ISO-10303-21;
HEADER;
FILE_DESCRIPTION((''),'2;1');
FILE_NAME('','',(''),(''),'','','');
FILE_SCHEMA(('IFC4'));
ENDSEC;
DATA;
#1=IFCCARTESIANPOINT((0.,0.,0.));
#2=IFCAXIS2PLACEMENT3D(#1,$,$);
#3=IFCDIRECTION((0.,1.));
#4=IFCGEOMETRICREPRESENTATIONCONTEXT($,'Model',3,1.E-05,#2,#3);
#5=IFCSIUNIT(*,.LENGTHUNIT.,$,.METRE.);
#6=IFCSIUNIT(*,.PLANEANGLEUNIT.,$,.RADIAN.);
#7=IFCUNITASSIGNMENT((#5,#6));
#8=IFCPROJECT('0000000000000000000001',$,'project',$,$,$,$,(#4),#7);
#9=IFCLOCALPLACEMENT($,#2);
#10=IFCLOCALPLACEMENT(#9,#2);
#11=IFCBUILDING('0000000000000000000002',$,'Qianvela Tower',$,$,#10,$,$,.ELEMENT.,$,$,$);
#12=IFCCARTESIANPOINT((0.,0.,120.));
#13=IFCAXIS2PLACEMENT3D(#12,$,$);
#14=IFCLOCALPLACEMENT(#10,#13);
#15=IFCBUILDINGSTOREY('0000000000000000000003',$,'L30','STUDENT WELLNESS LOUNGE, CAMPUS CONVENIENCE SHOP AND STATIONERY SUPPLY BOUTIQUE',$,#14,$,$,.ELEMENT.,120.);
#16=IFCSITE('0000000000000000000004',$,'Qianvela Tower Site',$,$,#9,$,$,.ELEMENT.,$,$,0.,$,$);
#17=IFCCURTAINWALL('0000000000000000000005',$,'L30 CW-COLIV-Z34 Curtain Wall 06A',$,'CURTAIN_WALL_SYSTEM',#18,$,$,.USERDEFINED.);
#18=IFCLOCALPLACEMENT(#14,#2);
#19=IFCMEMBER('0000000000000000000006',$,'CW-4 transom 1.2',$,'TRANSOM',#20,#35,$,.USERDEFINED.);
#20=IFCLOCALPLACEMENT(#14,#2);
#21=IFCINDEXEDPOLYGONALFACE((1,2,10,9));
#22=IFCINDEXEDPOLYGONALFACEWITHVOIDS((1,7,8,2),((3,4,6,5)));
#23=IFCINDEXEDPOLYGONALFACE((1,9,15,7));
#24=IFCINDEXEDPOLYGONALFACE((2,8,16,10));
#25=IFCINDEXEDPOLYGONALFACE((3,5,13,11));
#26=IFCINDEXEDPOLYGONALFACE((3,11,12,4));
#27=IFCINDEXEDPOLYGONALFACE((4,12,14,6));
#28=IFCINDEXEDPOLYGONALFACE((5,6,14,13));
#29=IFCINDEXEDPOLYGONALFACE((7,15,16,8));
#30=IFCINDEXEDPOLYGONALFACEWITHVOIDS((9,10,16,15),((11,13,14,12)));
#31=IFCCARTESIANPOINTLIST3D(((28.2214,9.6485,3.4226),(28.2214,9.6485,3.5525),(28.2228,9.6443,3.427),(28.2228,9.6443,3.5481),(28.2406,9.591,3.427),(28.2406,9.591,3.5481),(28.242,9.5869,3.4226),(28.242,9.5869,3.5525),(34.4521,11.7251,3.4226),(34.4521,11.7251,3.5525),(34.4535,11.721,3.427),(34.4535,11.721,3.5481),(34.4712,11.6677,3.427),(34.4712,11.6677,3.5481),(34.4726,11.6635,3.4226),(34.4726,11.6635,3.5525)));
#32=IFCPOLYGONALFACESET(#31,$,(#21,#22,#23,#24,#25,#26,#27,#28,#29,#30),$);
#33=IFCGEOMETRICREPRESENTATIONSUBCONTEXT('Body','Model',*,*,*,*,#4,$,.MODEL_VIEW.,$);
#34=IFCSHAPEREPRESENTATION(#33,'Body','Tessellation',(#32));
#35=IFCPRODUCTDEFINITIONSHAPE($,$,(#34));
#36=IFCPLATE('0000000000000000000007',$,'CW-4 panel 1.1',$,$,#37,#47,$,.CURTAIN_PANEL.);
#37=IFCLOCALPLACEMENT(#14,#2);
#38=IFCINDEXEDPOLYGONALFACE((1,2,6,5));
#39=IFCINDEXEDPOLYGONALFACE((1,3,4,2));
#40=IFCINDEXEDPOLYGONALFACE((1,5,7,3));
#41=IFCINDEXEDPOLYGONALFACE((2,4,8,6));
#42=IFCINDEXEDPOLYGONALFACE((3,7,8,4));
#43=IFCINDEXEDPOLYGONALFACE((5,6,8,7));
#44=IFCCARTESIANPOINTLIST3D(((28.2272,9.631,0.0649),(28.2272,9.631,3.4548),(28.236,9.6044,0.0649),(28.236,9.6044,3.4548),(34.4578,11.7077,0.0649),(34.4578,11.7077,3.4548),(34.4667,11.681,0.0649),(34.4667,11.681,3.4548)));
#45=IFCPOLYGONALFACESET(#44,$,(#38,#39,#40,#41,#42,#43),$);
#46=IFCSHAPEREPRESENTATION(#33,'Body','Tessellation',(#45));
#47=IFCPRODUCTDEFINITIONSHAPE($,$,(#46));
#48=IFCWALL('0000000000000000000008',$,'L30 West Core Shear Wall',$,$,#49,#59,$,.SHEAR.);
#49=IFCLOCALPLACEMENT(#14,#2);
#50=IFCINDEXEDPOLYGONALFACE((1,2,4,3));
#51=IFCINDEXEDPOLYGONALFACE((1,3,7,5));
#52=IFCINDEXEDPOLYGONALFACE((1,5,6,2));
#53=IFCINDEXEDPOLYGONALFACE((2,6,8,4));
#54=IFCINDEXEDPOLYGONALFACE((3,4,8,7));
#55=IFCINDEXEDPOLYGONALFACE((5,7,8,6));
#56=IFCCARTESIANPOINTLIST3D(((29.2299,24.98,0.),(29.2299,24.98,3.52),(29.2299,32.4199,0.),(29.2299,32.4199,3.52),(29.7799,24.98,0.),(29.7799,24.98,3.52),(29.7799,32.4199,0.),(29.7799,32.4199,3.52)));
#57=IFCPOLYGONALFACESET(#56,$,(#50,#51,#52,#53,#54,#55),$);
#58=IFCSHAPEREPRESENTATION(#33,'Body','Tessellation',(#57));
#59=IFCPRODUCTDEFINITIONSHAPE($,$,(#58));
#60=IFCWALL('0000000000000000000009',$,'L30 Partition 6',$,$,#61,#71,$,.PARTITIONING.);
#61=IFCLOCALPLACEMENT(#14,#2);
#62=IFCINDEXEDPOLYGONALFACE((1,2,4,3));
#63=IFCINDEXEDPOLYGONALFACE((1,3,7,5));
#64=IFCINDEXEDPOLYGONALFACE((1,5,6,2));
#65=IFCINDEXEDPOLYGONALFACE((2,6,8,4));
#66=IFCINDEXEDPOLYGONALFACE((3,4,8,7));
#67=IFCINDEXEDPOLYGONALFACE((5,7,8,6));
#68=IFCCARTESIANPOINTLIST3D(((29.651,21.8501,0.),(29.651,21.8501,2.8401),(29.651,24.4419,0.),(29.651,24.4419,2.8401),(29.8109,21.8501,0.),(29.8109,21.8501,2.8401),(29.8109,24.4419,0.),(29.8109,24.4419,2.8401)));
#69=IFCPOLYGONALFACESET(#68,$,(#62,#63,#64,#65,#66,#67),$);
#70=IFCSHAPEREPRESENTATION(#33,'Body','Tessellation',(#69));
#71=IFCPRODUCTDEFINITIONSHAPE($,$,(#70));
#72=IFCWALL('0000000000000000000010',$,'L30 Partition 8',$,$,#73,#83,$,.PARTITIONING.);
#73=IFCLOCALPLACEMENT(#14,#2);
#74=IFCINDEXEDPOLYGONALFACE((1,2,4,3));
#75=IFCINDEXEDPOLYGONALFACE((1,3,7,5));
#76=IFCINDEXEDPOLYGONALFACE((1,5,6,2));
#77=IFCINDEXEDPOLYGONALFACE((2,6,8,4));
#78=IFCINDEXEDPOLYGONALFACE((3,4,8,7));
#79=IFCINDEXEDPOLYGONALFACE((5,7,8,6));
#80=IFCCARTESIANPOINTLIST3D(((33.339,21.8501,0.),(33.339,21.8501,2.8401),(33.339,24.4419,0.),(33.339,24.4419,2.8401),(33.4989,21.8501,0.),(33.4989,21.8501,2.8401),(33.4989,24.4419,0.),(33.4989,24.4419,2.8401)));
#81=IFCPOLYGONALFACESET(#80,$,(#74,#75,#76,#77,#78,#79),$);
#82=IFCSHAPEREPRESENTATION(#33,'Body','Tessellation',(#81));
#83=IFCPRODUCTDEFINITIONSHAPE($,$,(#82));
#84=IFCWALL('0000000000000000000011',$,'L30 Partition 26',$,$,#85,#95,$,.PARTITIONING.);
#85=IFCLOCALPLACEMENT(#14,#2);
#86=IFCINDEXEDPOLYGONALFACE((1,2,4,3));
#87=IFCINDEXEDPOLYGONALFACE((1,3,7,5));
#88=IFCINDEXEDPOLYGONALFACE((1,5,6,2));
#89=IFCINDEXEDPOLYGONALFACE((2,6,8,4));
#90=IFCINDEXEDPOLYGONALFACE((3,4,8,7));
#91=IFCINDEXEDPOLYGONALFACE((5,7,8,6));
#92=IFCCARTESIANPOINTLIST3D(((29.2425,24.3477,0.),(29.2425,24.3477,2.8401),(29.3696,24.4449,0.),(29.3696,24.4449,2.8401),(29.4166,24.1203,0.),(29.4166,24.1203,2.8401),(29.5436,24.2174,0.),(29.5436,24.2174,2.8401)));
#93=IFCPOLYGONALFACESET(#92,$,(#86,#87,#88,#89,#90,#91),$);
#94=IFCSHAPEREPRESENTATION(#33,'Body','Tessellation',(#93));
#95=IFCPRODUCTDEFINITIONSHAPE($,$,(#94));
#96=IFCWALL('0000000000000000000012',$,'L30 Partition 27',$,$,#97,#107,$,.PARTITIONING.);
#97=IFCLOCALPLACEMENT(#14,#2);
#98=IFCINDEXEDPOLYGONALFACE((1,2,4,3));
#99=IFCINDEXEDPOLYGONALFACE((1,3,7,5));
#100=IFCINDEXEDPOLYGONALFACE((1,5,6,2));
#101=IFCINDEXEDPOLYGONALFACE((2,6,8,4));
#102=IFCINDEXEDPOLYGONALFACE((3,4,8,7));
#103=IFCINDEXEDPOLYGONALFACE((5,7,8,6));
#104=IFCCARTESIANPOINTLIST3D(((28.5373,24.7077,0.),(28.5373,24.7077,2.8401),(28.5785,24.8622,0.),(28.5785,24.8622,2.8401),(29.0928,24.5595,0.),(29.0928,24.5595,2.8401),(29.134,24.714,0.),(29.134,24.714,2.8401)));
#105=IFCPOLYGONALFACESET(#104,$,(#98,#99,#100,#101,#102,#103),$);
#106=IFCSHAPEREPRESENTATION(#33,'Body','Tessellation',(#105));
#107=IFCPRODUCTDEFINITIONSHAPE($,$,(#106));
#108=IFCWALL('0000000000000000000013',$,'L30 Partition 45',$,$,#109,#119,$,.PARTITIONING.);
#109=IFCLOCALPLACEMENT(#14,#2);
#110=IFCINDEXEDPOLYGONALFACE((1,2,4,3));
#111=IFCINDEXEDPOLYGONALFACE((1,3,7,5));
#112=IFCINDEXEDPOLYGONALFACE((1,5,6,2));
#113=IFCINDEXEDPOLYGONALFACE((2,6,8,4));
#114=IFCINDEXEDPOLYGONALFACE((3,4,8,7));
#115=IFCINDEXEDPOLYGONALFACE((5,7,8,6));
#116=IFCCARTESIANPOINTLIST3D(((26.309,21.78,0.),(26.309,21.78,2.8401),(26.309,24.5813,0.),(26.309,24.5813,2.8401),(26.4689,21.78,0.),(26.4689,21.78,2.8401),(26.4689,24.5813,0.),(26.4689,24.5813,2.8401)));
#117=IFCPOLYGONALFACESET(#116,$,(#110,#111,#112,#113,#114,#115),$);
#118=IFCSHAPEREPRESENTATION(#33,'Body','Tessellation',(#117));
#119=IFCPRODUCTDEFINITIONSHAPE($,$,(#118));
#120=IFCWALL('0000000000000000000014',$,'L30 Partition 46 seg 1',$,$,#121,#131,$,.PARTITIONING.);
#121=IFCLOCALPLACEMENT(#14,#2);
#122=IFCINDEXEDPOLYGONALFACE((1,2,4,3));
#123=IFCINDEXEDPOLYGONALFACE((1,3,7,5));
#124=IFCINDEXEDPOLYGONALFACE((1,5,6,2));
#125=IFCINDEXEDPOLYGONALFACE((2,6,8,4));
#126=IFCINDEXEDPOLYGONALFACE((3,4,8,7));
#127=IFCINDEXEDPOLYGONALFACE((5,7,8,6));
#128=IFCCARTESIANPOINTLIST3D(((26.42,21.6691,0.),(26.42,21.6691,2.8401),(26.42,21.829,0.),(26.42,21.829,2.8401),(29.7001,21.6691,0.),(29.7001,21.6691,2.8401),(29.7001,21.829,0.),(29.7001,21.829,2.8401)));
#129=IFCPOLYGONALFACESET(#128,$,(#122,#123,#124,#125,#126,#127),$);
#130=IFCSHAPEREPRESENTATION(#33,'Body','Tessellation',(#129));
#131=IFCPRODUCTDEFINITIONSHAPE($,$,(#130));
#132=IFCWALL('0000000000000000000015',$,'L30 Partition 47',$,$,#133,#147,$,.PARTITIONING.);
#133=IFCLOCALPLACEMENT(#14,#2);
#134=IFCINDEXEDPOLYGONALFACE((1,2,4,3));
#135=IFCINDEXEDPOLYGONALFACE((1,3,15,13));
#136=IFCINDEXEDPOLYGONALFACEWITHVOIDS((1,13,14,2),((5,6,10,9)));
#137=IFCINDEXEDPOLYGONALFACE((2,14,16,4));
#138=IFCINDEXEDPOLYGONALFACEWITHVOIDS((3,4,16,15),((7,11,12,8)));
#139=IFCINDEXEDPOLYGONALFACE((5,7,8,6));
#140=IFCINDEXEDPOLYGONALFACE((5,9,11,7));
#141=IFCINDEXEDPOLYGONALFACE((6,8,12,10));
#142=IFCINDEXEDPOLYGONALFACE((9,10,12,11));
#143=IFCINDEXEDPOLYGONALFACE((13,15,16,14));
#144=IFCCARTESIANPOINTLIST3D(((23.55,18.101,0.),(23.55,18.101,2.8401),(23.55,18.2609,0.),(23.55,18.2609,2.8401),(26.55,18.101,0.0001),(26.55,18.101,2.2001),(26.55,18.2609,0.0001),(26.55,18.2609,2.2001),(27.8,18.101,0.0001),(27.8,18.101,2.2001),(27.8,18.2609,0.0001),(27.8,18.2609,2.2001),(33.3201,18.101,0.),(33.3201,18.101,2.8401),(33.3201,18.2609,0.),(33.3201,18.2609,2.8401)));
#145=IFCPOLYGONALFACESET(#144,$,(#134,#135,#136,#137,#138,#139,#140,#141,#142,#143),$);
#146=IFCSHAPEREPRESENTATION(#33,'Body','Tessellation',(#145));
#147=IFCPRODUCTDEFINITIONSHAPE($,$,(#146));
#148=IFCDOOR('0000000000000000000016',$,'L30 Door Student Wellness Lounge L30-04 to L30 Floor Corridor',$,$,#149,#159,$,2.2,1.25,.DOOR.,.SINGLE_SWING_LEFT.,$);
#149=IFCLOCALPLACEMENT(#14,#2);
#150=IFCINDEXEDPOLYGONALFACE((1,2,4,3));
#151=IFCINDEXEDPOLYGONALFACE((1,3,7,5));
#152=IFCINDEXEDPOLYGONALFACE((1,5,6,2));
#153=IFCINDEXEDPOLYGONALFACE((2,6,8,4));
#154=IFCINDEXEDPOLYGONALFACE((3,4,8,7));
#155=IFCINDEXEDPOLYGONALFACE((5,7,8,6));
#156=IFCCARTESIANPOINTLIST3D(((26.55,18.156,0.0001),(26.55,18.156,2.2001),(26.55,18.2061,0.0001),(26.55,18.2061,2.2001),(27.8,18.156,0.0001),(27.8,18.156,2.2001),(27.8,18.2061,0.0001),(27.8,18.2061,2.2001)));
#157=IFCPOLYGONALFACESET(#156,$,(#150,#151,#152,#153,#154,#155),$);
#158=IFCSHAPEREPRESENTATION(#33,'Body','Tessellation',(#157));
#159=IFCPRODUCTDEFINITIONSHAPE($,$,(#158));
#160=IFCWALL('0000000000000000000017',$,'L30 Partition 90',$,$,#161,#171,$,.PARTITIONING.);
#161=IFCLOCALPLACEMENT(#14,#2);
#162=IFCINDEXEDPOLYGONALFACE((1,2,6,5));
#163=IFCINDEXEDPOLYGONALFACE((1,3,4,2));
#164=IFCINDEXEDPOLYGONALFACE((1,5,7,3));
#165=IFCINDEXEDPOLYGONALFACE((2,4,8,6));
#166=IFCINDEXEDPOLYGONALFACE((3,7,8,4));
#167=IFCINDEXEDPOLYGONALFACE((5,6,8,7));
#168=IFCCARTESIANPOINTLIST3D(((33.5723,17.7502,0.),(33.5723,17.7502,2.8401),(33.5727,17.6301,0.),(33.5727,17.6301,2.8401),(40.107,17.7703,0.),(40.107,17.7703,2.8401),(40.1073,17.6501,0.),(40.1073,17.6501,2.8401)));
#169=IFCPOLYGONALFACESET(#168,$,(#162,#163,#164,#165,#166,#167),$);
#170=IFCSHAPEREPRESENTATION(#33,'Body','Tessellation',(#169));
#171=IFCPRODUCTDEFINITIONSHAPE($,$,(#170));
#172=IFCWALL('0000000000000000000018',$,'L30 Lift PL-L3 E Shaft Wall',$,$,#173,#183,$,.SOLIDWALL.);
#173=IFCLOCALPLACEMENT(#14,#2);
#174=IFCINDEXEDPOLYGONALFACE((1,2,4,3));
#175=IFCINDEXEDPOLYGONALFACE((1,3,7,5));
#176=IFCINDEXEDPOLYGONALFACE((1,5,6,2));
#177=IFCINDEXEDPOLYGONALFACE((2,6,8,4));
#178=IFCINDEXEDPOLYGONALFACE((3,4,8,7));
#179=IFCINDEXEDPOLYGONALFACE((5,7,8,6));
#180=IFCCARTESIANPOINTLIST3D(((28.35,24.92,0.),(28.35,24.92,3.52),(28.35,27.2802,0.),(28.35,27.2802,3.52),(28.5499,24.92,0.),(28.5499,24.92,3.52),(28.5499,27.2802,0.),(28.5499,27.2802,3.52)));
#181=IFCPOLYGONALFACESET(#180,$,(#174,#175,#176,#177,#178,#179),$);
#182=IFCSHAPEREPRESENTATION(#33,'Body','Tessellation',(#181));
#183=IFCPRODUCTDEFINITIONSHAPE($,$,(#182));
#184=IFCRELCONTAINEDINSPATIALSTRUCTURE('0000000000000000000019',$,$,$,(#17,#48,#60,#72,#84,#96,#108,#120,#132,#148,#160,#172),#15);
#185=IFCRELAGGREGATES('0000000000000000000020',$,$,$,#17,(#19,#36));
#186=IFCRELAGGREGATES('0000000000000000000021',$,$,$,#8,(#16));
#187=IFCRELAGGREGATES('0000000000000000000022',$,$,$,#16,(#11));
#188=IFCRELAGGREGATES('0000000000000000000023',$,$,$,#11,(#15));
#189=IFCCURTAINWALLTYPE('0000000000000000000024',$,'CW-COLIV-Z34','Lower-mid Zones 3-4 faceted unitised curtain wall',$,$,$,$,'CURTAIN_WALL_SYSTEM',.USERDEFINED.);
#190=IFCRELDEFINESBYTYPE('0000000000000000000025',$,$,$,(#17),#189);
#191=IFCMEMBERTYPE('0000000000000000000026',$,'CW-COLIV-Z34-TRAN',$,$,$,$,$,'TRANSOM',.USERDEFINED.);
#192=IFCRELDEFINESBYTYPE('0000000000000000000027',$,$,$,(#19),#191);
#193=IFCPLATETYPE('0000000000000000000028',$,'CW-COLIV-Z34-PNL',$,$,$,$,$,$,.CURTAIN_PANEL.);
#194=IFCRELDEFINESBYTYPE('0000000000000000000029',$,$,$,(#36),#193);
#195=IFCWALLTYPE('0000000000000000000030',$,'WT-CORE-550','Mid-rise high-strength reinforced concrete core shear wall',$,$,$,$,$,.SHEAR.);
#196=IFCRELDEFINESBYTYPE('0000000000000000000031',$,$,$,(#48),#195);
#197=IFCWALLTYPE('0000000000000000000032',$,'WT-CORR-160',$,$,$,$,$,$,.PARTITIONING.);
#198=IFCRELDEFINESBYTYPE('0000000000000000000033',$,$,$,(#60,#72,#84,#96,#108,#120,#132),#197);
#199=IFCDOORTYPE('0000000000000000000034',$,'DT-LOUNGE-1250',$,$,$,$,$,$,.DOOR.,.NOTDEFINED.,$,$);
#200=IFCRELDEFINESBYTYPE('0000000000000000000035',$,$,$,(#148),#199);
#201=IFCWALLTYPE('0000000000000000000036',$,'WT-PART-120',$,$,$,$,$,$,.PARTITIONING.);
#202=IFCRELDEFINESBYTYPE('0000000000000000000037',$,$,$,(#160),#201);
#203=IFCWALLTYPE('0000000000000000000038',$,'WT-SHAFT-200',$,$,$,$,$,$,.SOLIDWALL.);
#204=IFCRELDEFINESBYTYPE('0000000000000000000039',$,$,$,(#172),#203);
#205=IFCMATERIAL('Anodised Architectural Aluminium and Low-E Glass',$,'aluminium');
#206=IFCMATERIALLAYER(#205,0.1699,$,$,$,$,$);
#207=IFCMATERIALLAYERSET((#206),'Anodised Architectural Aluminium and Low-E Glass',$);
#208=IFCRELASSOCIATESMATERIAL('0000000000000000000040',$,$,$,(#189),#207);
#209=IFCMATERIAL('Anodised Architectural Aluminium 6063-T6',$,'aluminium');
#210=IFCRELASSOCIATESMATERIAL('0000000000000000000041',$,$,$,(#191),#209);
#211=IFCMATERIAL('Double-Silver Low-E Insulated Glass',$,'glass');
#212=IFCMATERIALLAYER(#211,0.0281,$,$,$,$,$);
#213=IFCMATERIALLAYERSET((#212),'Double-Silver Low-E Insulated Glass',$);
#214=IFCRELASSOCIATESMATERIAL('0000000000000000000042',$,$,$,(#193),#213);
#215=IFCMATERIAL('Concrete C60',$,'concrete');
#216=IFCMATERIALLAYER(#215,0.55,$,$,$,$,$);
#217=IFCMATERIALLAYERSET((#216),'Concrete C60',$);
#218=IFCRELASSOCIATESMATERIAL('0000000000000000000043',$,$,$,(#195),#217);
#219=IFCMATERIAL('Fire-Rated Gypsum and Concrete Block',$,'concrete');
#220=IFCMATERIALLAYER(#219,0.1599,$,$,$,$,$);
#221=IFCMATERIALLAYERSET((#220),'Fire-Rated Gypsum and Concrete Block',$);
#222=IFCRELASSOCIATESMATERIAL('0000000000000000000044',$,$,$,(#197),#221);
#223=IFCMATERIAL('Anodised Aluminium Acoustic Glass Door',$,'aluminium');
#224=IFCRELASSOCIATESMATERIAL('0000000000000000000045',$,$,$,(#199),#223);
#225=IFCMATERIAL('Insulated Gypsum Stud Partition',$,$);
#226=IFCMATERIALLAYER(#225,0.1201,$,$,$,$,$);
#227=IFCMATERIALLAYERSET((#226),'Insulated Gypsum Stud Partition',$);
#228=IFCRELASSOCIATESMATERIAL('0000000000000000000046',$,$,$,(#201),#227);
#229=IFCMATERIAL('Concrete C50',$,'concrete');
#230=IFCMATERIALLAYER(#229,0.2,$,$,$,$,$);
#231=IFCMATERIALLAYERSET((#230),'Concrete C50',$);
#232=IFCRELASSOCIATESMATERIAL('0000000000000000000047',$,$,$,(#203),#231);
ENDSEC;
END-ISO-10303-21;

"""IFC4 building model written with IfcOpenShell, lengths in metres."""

from ifc_helpers import new_model, si_unit, direction, frame, frame_2d, origin, origin_2d, place, context, subcontext, project, spatial, rectangle, hollow_rectangle, extrude, material, layer, layer_set, material_profile, profile_set, type_object, element, fill, aggregate, save


model = new_model("IFC4")

# Units and contexts
model_context = context("Model", 3, precision=1e-05, world=origin(), true_north=direction((0.0, 1.0)))
body_context = subcontext(model_context, "Body", "Model", "MODEL_VIEW")
ifc_project = project(units=[si_unit("LENGTHUNIT", "METRE"), si_unit("PLANEANGLEUNIT", "RADIAN")], contexts=[model_context])

# Site, building, storey
site_placement = place(None, origin())
site = spatial("IfcSite", under=ifc_project, at=site_placement, Name="Qianvela Tower Site", CompositionType="ELEMENT", RefElevation=0.0)
building_placement = place(site_placement, origin())
building = spatial("IfcBuilding", under=site, at=building_placement, Name="Qianvela Tower", CompositionType="ELEMENT")
storey_placement = place(building_placement, frame((0.0, 0.0, 120.0)))
storey = spatial("IfcBuildingStorey", under=building, at=storey_placement, Name="L30", Description="STUDENT WELLNESS LOUNGE, CAMPUS CONVENIENCE SHOP AND STATIONERY SUPPLY BOUTIQUE", CompositionType="ELEMENT", Elevation=120.0)

# Curtain wall, member, plate
ifc_material_1 = material(Name="Anodised Architectural Aluminium and Low-E Glass", Category="aluminium")
ifc_layer_1 = layer(ifc_material_1, 0.1699)
ifc_layer_set_1 = layer_set([ifc_layer_1], Name="Anodised Architectural Aluminium and Low-E Glass")
curtain_wall_type = type_object("IfcCurtainWallType", Name="CW-COLIV-Z34", Description="Lower-mid Zones 3-4 faceted unitised curtain wall", ElementType="CURTAIN_WALL_SYSTEM", PredefinedType="USERDEFINED", material=ifc_layer_set_1)
curtain_wall_placement = place(storey_placement, origin())
curtain_wall = element("IfcCurtainWall", 1, at=curtain_wall_placement, inside=storey, type_object=curtain_wall_type, Name="L30 CW-COLIV-Z34 Curtain Wall 06A", ObjectType="CURTAIN_WALL_SYSTEM", PredefinedType="USERDEFINED")
ifc_material_2 = material(Name="Anodised Architectural Aluminium 6063-T6", Category="aluminium")
ifc_material_profile_1 = material_profile(ifc_material_2, hollow_rectangle(XDim=0.0649, YDim=0.1299, WallThickness=0.0044, at=origin_2d()), Name="ALU-TRAN-65x130")
ifc_profile_set_1 = profile_set([ifc_material_profile_1], Name="Anodised Architectural Aluminium 6063-T6")
member_type_1 = type_object("IfcMemberType", Name="CW-COLIV-Z34-TRAN", ElementType="TRANSOM", PredefinedType="USERDEFINED", material=ifc_profile_set_1)
member_1_placement = place(storey_placement, frame((28.2317, 9.6177, 3.4875), z_axis=(0.948694, 0.316194, 0.0), x_axis=(-0.316194, 0.948694, 0.0)))
member_1 = element("IfcMember", 2, at=member_1_placement, type_object=member_type_1, Name="CW-4 transom 1.2", ObjectType="TRANSOM", PredefinedType="USERDEFINED", context=body_context, shape_type="SweptSolid", body=[
    extrude(hollow_rectangle(XDim=0.0649, YDim=0.1299, WallThickness=0.0044, at=origin_2d()), origin(), (0.0, 0.0, 1.0), 6.5676),
])
ifc_material_3 = material(Name="Double-Silver Low-E Insulated Glass", Category="glass")
ifc_layer_2 = layer(ifc_material_3, 0.0281)
ifc_layer_set_2 = layer_set([ifc_layer_2], Name="Double-Silver Low-E Insulated Glass")
plate_type = type_object("IfcPlateType", Name="CW-COLIV-Z34-PNL", PredefinedType="CURTAIN_PANEL", material=ifc_layer_set_2)
plate_placement = place(storey_placement, frame((31.3469, 10.656, 0.0649), z_axis=(0.0, 0.0, 1.0), x_axis=(0.948694, 0.316196, 0.0)))
plate = element("IfcPlate", 3, at=plate_placement, type_object=plate_type, Name="CW-4 panel 1.1", PredefinedType="CURTAIN_PANEL", context=body_context, shape_type="SweptSolid", body=[
    extrude(rectangle(XDim=6.5676, YDim=0.0281, at=origin_2d()), origin(), (0.0, 0.0, 1.0), 3.3899),
])
aggregate(curtain_wall, [member_1, plate])

# Shared definitions
ifc_material_4 = material(Name="Concrete C60", Category="concrete")
ifc_layer_3 = layer(ifc_material_4, 0.55)
ifc_layer_set_3 = layer_set([ifc_layer_3], Name="Concrete C60")
wall_type_1 = type_object("IfcWallType", Name="WT-CORE-550", Description="Mid-rise high-strength reinforced concrete core shear wall", PredefinedType="SHEAR", material=ifc_layer_set_3)

# Wall
wall_1_placement = place(storey_placement, frame((29.5049, 24.98, 0.0), z_axis=(0.0, 0.0, 1.0), x_axis=(0.0, 1.0, 0.0)))
element("IfcWall", 4, at=wall_1_placement, inside=storey, type_object=wall_type_1, Name="L30 West Core Shear Wall", PredefinedType="SHEAR", context=body_context, shape_type="SweptSolid", body=[
    extrude(rectangle(XDim=7.4399, YDim=0.55, at=frame_2d((3.72, 0.0))), origin(), (0.0, 0.0, 1.0), 3.52),
])

# Shared definitions
ifc_material_5 = material(Name="Fire-Rated Gypsum and Concrete Block", Category="concrete")
ifc_layer_4 = layer(ifc_material_5, 0.1599)
ifc_layer_set_4 = layer_set([ifc_layer_4], Name="Fire-Rated Gypsum and Concrete Block")
wall_type_2 = type_object("IfcWallType", Name="WT-CORR-160", PredefinedType="PARTITIONING", material=ifc_layer_set_4)

# Walls
for number, where, z_axis, x_axis, name in (
    (5, (29.731, 21.8501, 0.0), (0.0, 0.0, 1.0), (0.0, 1.0, 0.0), "L30 Partition 6"),
    (6, (33.4189, 24.4419, 0.0), (0.0, 0.0, 1.0), (0.0, -1.0, 0.0), "L30 Partition 8"),
):
    element("IfcWall", number, at=place(storey_placement, frame(where, z_axis=z_axis, x_axis=x_axis)), inside=storey, type_object=wall_type_2, Name=name, PredefinedType="PARTITIONING", context=body_context, shape_type="SweptSolid", body=[
        extrude(rectangle(XDim=2.5918, YDim=0.1599, at=frame_2d((1.2959, 0.0))), origin(), (0.0, 0.0, 1.0), 2.8401),
    ])
wall_2_placement = place(storey_placement, frame((29.48, 24.1689, 0.0), z_axis=(0.0, 0.0, 1.0), x_axis=(-0.607608, 0.794237, 0.0)))
element("IfcWall", 7, at=wall_2_placement, inside=storey, type_object=wall_type_2, Name="L30 Partition 26", PredefinedType="PARTITIONING", context=body_context, shape_type="SweptSolid", body=[
    extrude(rectangle(XDim=0.2864, YDim=0.1599, at=frame_2d((0.1431, 0.0))), origin(), (0.0, 0.0, 1.0), 2.8401),
])
wall_3_placement = place(storey_placement, frame((29.1135, 24.6367, 0.0), z_axis=(0.0, 0.0, 1.0), x_axis=(-0.9662, 0.257795, 0.0)))
element("IfcWall", 8, at=wall_3_placement, inside=storey, type_object=wall_type_2, Name="L30 Partition 27", PredefinedType="PARTITIONING", context=body_context, shape_type="SweptSolid", body=[
    extrude(rectangle(XDim=0.575, YDim=0.1599, at=frame_2d((0.2876, 0.0))), origin(), (0.0, 0.0, 1.0), 2.8401),
])
wall_4_placement = place(storey_placement, frame((26.3889, 24.5813, 0.0), z_axis=(0.0, 0.0, 1.0), x_axis=(0.0, -1.0, 0.0)))
element("IfcWall", 9, at=wall_4_placement, inside=storey, type_object=wall_type_2, Name="L30 Partition 45", PredefinedType="PARTITIONING", context=body_context, shape_type="SweptSolid", body=[
    extrude(rectangle(XDim=2.8013, YDim=0.1599, at=frame_2d((1.4006, 0.0))), origin(), (0.0, 0.0, 1.0), 2.8401),
])
wall_5_placement = place(storey_placement, frame((26.4199, 21.749, 0.0), z_axis=(0.0, 0.0, 1.0), x_axis=(1.0, 0.0, 0.0)))
element("IfcWall", 10, at=wall_5_placement, inside=storey, type_object=wall_type_2, Name="L30 Partition 46 seg 1", PredefinedType="PARTITIONING", context=body_context, shape_type="SweptSolid", body=[
    extrude(rectangle(XDim=3.28, YDim=0.1599, at=frame_2d((1.6401, 0.0))), origin(), (0.0, 0.0, 1.0), 2.8401),
])

# Wall, opening, door
wall_6_placement = place(storey_placement, frame((33.3201, 18.1809, 0.0), z_axis=(0.0, 0.0, 1.0), x_axis=(-1.0, 0.0, 0.0)))
wall_6 = element("IfcWall", 11, at=wall_6_placement, inside=storey, type_object=wall_type_2, Name="L30 Partition 47", PredefinedType="PARTITIONING", context=body_context, shape_type="SweptSolid", body=[
    extrude(rectangle(XDim=9.77, YDim=0.1599, at=frame_2d((4.885, 0.0))), origin(), (0.0, 0.0, 1.0), 2.8401),
])
opening_1_placement = place(wall_6_placement, frame((5.52, 0.0, 0.0)))
opening_1 = element("IfcOpeningElement", 12, at=opening_1_placement, cuts=wall_6, PredefinedType="OPENING", context=body_context, shape_type="SweptSolid", body=[
    extrude(rectangle(XDim=1.25, YDim=2.2, at=frame_2d((0.625, 1.1001))), frame((0.0, 0.0898, 0.0), z_axis=(0.0, -1.0, 0.0), x_axis=(1.0, 0.0, 0.0)), (0.0, 0.0, 1.0), 0.1799),
])
ifc_material_6 = material(Name="Anodised Aluminium Acoustic Glass Door", Category="aluminium")
door_type_1 = type_object("IfcDoorType", Name="DT-LOUNGE-1250", OperationType="NOTDEFINED", PredefinedType="DOOR", material=ifc_material_6)
door_1_placement = place(opening_1_placement, origin())
door_1 = element("IfcDoor", 13, at=door_1_placement, inside=storey, type_object=door_type_1, Name="L30 Door Student Wellness Lounge L30-04 to L30 Floor Corridor", OperationType="SINGLE_SWING_LEFT", OverallHeight=2.2, OverallWidth=1.25, PredefinedType="DOOR", context=body_context, shape_type="SweptSolid", body=[
    extrude(rectangle(XDim=1.25, YDim=2.2, at=frame_2d((0.625, 1.1001))), frame((0.0, 0.0249, 0.0), z_axis=(0.0, -1.0, 0.0), x_axis=(1.0, 0.0, 0.0)), (0.0, 0.0, 1.0), 0.05),
])
fill(opening_1, door_1)

# Walls
ifc_material_7 = material(Name="Insulated Gypsum Stud Partition")
ifc_layer_5 = layer(ifc_material_7, 0.1201)
ifc_layer_set_5 = layer_set([ifc_layer_5], Name="Insulated Gypsum Stud Partition")
wall_type_3 = type_object("IfcWallType", Name="WT-PART-120", PredefinedType="PARTITIONING", material=ifc_layer_set_5)
wall_7_placement = place(storey_placement, frame((33.5725, 17.6902, 0.0), z_axis=(0.0, 0.0, 1.0), x_axis=(0.999995, 0.003064, 0.0)))
element("IfcWall", 14, at=wall_7_placement, inside=storey, type_object=wall_type_3, Name="L30 Partition 90", PredefinedType="PARTITIONING", context=body_context, shape_type="SweptSolid", body=[
    extrude(rectangle(XDim=6.5347, YDim=0.1201, at=frame_2d((3.2673, 0.0))), origin(), (0.0, 0.0, 1.0), 2.8401),
])
ifc_material_8 = material(Name="Concrete C50", Category="concrete")
ifc_layer_6 = layer(ifc_material_8, 0.2)
ifc_layer_set_6 = layer_set([ifc_layer_6], Name="Concrete C50")
wall_type_4 = type_object("IfcWallType", Name="WT-SHAFT-200", PredefinedType="SOLIDWALL", material=ifc_layer_set_6)
wall_8_placement = place(storey_placement, frame((28.45, 24.9199, 0.0), z_axis=(0.0, 0.0, 1.0), x_axis=(0.0, 1.0, 0.0)))
element("IfcWall", 15, at=wall_8_placement, inside=storey, type_object=wall_type_4, Name="L30 Lift PL-L3 E Shaft Wall", PredefinedType="SOLIDWALL", context=body_context, shape_type="SweptSolid", body=[
    extrude(rectangle(XDim=2.3601, YDim=0.2, at=frame_2d((1.1802, 0.0))), origin(), (0.0, 0.0, 1.0), 3.52),
])

save(model, "model.ifc")
